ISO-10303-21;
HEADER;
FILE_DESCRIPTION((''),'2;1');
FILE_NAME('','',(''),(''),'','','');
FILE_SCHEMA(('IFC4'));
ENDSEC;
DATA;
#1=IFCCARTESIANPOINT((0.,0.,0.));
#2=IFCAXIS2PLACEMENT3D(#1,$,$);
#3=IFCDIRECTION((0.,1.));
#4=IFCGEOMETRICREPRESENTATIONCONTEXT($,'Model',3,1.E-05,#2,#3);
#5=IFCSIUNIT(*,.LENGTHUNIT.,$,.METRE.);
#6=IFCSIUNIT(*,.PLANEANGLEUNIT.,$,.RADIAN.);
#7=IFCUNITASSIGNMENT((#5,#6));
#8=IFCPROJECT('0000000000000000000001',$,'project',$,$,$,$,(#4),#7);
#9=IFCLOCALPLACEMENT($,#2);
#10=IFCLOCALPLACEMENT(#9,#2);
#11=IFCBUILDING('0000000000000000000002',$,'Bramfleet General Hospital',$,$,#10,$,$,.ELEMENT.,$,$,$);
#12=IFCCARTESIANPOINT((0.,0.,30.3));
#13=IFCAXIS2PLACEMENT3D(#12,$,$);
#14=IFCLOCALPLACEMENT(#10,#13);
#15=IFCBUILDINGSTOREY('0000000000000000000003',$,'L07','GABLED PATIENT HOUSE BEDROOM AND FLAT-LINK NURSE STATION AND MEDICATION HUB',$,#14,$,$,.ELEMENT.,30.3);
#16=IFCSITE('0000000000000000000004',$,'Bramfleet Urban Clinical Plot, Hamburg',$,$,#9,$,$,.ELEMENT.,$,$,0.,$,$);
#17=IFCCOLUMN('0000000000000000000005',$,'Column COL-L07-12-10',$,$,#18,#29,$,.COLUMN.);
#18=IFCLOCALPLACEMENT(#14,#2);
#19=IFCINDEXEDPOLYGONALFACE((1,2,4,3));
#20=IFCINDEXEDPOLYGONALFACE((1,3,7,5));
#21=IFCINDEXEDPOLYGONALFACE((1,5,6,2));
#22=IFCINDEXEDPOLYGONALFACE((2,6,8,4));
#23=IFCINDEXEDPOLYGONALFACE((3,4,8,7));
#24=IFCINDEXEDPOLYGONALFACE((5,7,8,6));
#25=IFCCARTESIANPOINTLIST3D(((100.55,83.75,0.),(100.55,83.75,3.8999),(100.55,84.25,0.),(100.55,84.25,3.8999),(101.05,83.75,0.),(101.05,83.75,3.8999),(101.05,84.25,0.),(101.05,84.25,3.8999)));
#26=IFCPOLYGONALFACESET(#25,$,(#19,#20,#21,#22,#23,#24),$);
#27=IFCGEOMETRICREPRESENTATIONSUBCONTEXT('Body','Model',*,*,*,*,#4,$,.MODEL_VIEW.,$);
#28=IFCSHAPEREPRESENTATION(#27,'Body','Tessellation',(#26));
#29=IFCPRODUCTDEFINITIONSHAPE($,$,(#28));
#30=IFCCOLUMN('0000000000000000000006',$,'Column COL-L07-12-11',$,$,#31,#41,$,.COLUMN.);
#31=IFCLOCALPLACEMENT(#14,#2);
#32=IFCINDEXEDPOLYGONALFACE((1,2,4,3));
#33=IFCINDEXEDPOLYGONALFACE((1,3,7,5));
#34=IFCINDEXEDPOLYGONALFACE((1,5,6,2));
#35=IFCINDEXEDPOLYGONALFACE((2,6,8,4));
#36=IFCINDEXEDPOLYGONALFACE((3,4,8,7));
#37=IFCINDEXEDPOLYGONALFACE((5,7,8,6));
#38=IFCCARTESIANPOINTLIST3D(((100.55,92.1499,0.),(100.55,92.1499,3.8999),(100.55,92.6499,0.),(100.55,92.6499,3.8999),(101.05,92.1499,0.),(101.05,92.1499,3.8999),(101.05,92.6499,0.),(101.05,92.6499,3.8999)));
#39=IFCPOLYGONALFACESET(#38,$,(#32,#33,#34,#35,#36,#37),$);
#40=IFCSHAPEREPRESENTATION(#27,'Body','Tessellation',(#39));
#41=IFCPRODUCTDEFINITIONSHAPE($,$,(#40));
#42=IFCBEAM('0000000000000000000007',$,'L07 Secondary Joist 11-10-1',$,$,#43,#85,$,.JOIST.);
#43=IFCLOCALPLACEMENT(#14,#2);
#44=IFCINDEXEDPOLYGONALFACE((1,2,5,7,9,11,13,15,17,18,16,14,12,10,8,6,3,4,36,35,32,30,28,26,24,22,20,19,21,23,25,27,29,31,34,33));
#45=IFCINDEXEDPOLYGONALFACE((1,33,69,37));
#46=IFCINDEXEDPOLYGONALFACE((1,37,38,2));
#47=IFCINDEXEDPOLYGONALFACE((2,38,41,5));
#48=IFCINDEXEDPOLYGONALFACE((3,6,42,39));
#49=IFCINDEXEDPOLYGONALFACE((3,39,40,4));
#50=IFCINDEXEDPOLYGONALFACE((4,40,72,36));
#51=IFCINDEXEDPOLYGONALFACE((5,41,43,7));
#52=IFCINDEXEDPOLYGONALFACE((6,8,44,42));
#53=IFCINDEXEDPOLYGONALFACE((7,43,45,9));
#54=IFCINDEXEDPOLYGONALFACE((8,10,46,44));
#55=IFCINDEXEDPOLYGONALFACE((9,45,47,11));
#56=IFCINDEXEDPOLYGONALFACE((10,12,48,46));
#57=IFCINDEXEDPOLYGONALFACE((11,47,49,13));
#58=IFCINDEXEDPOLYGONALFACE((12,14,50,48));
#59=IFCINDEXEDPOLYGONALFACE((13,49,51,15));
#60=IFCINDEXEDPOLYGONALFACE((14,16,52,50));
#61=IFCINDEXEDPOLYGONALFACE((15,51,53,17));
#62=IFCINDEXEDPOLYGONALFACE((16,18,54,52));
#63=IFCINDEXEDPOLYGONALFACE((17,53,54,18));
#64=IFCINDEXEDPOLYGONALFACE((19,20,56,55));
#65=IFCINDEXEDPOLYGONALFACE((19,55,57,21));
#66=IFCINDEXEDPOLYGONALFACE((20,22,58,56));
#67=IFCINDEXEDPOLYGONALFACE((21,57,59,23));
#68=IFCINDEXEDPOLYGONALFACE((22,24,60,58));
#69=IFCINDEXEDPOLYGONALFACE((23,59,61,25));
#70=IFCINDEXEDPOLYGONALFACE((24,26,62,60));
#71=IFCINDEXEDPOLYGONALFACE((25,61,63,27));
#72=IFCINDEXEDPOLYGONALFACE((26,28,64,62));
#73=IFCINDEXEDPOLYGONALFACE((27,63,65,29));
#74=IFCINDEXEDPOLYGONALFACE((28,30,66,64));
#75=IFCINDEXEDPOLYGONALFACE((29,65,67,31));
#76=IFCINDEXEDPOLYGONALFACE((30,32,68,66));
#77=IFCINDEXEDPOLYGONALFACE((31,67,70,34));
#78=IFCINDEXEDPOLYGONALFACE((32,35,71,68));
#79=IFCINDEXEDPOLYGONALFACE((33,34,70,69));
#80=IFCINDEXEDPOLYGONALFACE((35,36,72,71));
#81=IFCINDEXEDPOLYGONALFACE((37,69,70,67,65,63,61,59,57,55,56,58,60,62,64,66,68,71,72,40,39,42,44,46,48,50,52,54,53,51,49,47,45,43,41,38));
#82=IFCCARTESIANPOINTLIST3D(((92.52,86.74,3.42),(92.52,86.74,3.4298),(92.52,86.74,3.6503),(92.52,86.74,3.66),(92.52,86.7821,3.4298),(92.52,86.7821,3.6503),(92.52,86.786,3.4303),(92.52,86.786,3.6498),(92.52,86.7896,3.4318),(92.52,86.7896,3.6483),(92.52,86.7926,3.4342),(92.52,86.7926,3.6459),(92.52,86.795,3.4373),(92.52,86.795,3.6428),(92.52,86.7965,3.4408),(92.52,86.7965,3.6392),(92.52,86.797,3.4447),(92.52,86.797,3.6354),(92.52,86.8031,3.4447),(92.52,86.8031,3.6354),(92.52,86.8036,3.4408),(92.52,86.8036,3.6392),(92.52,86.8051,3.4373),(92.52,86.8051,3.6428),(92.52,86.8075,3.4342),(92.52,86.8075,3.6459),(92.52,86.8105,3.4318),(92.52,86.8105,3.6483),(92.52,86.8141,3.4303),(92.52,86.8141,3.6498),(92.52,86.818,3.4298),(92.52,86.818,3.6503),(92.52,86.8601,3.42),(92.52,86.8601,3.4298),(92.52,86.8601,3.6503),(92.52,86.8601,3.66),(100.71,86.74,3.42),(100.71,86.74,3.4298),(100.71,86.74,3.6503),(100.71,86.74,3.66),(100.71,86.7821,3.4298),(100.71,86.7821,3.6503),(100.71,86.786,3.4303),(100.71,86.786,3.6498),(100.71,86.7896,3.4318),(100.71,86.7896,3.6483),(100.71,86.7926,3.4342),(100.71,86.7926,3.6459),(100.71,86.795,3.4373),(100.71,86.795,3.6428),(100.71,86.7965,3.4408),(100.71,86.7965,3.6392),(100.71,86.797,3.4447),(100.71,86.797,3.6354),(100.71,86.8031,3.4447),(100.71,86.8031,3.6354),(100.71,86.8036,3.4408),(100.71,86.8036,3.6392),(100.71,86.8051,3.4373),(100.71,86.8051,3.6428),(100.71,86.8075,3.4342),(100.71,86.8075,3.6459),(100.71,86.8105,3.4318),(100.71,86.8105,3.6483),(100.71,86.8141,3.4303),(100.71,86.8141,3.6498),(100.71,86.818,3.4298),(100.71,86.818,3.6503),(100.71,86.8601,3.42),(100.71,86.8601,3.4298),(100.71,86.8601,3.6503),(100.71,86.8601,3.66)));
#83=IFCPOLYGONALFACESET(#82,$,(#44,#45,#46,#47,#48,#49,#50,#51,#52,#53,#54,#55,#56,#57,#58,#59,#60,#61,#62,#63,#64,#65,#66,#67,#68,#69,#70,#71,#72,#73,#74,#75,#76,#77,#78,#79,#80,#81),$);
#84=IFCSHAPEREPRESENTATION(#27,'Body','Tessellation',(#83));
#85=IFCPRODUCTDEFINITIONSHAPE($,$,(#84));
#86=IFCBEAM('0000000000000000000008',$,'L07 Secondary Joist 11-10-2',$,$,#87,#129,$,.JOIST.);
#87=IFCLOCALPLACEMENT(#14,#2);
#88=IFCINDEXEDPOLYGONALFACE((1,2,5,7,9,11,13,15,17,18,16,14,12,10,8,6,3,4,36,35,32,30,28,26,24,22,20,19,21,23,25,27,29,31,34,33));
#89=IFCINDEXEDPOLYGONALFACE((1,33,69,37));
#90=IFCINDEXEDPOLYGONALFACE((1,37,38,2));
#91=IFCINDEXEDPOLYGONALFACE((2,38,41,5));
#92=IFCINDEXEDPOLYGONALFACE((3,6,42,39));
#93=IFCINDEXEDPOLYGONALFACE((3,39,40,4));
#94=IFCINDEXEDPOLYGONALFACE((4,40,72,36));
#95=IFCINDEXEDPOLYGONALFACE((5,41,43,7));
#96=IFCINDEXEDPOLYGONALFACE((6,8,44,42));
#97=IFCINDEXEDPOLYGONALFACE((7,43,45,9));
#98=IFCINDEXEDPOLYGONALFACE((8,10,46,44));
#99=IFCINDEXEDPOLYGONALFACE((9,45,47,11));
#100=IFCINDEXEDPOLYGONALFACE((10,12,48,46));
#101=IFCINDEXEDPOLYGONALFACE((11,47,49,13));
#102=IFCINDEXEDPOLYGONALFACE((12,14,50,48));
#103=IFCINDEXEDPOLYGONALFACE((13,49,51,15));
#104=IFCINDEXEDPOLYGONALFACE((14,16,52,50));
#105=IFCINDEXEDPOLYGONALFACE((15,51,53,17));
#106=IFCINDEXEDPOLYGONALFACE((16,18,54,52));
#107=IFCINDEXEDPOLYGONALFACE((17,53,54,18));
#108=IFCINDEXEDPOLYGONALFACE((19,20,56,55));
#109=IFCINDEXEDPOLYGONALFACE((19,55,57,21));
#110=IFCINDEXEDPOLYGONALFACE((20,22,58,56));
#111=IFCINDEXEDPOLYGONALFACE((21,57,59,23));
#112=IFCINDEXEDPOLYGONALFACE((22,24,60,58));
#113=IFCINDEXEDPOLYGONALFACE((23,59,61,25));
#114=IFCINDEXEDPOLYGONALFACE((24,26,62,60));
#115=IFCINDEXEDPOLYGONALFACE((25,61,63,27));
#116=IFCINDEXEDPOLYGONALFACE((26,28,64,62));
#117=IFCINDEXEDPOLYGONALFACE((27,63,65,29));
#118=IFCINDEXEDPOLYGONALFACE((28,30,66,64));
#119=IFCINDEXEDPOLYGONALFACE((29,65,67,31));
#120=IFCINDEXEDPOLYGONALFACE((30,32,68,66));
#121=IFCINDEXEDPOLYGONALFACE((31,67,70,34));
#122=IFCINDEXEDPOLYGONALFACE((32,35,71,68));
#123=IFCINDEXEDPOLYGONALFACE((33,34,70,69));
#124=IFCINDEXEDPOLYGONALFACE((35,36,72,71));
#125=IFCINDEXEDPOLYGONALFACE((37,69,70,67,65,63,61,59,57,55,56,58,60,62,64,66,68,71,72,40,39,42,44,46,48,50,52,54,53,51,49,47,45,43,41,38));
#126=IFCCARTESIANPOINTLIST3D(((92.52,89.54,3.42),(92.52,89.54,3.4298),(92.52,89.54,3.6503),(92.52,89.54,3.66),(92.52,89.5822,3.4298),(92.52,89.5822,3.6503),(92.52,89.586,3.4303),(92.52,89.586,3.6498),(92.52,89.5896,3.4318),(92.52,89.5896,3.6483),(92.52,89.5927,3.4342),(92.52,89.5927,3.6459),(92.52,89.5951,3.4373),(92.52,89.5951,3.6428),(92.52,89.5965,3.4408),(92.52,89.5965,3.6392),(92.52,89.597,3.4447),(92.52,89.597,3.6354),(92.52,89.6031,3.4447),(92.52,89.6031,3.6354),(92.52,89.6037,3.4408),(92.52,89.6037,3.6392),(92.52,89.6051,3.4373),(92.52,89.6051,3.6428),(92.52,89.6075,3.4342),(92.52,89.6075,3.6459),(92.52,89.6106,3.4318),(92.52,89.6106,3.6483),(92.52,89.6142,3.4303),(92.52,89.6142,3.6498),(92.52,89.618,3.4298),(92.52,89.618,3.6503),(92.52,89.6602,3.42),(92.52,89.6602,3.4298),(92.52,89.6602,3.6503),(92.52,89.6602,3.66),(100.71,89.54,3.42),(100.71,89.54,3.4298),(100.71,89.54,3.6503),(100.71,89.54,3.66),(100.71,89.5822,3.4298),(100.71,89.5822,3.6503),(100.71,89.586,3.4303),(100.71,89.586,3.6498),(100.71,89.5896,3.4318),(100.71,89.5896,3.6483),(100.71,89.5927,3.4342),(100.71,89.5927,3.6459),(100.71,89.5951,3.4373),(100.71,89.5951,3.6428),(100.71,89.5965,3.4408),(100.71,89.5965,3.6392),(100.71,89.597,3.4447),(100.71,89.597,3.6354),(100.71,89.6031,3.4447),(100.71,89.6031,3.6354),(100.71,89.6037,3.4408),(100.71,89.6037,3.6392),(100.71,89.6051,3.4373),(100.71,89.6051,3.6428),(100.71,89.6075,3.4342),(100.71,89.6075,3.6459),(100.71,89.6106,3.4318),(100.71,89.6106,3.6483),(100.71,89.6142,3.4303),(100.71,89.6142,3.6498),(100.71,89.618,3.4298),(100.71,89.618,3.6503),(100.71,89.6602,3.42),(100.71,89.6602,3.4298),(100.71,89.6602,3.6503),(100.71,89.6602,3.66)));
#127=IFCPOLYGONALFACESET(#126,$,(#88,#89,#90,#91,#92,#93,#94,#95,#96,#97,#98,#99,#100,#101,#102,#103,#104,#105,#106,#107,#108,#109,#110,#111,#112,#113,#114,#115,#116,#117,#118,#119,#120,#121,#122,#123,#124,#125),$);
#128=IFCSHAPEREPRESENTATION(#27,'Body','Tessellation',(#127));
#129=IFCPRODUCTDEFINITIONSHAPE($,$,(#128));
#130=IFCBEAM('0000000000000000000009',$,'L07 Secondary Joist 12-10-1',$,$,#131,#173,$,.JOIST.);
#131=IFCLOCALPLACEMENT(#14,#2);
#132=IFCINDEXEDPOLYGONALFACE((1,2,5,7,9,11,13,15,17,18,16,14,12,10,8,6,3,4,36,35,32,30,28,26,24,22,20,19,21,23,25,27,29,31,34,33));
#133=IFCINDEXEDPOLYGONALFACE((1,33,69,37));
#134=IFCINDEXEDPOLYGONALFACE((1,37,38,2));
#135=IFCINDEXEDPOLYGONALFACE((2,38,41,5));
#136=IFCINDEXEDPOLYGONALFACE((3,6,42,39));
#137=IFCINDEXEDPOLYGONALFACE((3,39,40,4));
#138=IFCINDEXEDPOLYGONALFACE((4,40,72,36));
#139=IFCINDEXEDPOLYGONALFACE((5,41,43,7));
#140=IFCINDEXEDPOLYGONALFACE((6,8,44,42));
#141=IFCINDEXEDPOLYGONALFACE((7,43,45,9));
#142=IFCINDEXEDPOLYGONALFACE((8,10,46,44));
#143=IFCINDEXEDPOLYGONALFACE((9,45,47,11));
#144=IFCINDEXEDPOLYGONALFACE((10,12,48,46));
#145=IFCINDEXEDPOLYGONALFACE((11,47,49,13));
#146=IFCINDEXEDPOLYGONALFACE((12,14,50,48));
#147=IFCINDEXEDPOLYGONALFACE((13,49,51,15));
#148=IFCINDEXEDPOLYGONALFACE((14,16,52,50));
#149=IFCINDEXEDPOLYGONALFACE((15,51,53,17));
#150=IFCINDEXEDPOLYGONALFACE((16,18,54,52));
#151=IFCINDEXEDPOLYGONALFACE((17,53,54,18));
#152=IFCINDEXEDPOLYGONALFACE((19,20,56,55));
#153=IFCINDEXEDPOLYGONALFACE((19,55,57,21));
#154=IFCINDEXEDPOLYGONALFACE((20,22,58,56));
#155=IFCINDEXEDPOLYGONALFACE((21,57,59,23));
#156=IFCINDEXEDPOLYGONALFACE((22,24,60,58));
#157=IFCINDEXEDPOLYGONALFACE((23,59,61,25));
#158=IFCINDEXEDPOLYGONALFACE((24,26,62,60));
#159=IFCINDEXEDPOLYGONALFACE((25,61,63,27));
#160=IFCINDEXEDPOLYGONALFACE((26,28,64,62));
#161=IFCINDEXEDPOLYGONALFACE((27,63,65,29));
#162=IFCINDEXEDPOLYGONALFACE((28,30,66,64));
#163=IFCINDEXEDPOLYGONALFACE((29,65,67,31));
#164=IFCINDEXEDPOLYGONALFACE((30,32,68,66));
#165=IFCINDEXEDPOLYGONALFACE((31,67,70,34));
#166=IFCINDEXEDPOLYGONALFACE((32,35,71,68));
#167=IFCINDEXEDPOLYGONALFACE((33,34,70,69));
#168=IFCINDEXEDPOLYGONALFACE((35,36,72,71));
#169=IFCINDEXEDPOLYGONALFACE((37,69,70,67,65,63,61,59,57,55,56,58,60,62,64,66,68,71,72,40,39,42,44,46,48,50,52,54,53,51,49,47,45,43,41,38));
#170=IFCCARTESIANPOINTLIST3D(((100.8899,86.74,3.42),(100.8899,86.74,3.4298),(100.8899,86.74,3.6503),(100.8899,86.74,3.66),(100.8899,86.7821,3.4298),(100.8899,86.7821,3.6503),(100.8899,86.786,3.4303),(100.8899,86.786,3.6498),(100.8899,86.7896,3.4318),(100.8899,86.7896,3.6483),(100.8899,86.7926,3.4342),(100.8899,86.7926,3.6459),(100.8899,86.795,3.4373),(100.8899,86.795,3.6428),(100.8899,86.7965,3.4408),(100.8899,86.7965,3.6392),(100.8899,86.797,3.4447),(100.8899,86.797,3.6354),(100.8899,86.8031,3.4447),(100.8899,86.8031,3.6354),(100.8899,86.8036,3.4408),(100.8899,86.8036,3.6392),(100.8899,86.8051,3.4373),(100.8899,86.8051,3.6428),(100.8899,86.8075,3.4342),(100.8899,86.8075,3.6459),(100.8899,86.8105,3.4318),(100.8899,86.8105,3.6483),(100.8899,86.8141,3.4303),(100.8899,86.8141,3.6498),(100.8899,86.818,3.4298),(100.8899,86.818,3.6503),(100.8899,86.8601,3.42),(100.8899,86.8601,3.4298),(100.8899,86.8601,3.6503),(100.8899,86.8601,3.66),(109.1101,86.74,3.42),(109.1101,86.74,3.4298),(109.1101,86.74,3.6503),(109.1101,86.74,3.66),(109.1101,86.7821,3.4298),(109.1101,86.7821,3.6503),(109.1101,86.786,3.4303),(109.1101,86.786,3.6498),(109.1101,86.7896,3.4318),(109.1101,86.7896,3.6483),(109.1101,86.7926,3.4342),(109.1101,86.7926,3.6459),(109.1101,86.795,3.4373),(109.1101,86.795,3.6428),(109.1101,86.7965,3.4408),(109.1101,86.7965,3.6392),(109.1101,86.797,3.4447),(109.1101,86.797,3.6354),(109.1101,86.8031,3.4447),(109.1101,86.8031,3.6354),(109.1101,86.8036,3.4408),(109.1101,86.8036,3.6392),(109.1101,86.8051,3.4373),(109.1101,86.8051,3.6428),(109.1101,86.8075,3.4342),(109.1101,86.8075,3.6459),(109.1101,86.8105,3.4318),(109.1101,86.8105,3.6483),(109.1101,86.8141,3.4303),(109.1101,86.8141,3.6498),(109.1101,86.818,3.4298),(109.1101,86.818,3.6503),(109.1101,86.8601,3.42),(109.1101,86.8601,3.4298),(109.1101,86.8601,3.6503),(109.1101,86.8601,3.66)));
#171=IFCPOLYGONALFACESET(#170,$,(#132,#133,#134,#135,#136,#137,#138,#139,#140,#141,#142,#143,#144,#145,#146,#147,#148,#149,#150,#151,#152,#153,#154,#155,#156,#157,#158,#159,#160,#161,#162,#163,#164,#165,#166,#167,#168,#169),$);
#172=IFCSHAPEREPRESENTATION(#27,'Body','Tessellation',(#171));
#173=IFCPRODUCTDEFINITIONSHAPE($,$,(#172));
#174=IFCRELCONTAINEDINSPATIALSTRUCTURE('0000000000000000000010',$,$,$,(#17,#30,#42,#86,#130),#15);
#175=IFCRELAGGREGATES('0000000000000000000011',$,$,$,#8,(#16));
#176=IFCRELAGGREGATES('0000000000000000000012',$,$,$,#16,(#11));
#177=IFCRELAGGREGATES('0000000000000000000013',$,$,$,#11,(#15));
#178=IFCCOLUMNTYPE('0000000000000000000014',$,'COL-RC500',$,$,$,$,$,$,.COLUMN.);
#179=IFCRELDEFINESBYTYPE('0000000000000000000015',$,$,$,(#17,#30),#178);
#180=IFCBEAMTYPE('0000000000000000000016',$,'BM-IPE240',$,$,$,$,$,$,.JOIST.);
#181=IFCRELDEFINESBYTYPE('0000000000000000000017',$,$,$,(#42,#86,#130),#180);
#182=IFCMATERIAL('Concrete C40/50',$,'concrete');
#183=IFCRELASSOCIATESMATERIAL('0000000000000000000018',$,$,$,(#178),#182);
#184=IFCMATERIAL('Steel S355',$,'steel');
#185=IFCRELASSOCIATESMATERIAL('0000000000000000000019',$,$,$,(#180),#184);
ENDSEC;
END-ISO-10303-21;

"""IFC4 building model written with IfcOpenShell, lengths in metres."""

from ifc_helpers import new_model, si_unit, direction, frame, origin, origin_2d, place, context, subcontext, project, spatial, rectangle, i_section, extrude, material, material_profile, profile_set, type_object, element, save


model = new_model("IFC4")

# Units and contexts
model_context = context("Model", 3, precision=1e-05, world=origin(), true_north=direction((0.0, 1.0)))
body_context = subcontext(model_context, "Body", "Model", "MODEL_VIEW")
ifc_project = project(units=[si_unit("LENGTHUNIT", "METRE"), si_unit("PLANEANGLEUNIT", "RADIAN")], contexts=[model_context])

# Site, building, storey
site_placement = place(None, origin())
site = spatial("IfcSite", under=ifc_project, at=site_placement, Name="Bramfleet Urban Clinical Plot, Hamburg", CompositionType="ELEMENT", RefElevation=0.0)
building_placement = place(site_placement, origin())
building = spatial("IfcBuilding", under=site, at=building_placement, Name="Bramfleet General Hospital", CompositionType="ELEMENT")
storey_placement = place(building_placement, frame((0.0, 0.0, 30.3)))
storey = spatial("IfcBuildingStorey", under=building, at=storey_placement, Name="L07", Description="GABLED PATIENT HOUSE BEDROOM AND FLAT-LINK NURSE STATION AND MEDICATION HUB", CompositionType="ELEMENT", Elevation=30.3)

# Columns
ifc_material_1 = material(Name="Concrete C40/50", Category="concrete")
ifc_material_profile_1 = material_profile(ifc_material_1, rectangle(XDim=0.5, YDim=0.5, at=origin_2d()), Name="RC COL 500x500")
ifc_profile_set_1 = profile_set([ifc_material_profile_1], Name="Concrete C40/50")
column_type = type_object("IfcColumnType", Name="COL-RC500", PredefinedType="COLUMN", material=ifc_profile_set_1)
for number, where, z_axis, x_axis, name in (
    (1, (100.8, 84.0, 0.0), (0.0, 0.0, 1.0), (1.0, 0.0, 0.0), "Column COL-L07-12-10"),
    (2, (100.8, 92.3999, 0.0), (0.0, 0.0, 1.0), (1.0, 0.0, 0.0), "Column COL-L07-12-11"),
):
    element("IfcColumn", number, at=place(storey_placement, frame(where, z_axis=z_axis, x_axis=x_axis)), inside=storey, type_object=column_type, Name=name, PredefinedType="COLUMN", context=body_context, shape_type="SweptSolid", body=[
        extrude(rectangle(XDim=0.5, YDim=0.5, at=origin_2d()), origin(), (0.0, 0.0, 1.0), 3.8999),
    ])

# Beams
ifc_material_2 = material(Name="Steel S355", Category="steel")
ifc_material_profile_2 = material_profile(ifc_material_2, i_section(OverallWidth=0.1201, OverallDepth=0.24, WebThickness=0.0061, FlangeThickness=0.0098, FilletRadius=0.0149, at=origin_2d()), Name="IPE 240")
ifc_profile_set_2 = profile_set([ifc_material_profile_2], Name="Steel S355")
beam_type_1 = type_object("IfcBeamType", Name="BM-IPE240", PredefinedType="JOIST", material=ifc_profile_set_2)
for number, where, z_axis, x_axis, name in (
    (3, (92.52, 86.8, 3.54), (1.0, 0.0, 0.0), (0.0, 1.0, 0.0), "L07 Secondary Joist 11-10-1"),
    (4, (92.52, 89.6001, 3.54), (1.0, 0.0, 0.0), (0.0, 1.0, 0.0), "L07 Secondary Joist 11-10-2"),
):
    element("IfcBeam", number, at=place(storey_placement, frame(where, z_axis=z_axis, x_axis=x_axis)), inside=storey, type_object=beam_type_1, Name=name, PredefinedType="JOIST", context=body_context, shape_type="SweptSolid", body=[
        extrude(i_section(OverallWidth=0.1201, OverallDepth=0.24, WebThickness=0.0061, FlangeThickness=0.0098, FilletRadius=0.0149, at=origin_2d()), origin(), (0.0, 0.0, 1.0), 8.1899),
    ])
for number, where, z_axis, x_axis, name in (
    (5, (100.8899, 86.8, 3.54), (1.0, 0.0, 0.0), (0.0, 1.0, 0.0), "L07 Secondary Joist 12-10-1"),
):
    element("IfcBeam", number, at=place(storey_placement, frame(where, z_axis=z_axis, x_axis=x_axis)), inside=storey, type_object=beam_type_1, Name=name, PredefinedType="JOIST", context=body_context, shape_type="SweptSolid", body=[
        extrude(i_section(OverallWidth=0.1201, OverallDepth=0.24, WebThickness=0.0061, FlangeThickness=0.0098, FilletRadius=0.0149, at=origin_2d()), origin(), (0.0, 0.0, 1.0), 8.2202),
    ])

save(model, "model.ifc")
